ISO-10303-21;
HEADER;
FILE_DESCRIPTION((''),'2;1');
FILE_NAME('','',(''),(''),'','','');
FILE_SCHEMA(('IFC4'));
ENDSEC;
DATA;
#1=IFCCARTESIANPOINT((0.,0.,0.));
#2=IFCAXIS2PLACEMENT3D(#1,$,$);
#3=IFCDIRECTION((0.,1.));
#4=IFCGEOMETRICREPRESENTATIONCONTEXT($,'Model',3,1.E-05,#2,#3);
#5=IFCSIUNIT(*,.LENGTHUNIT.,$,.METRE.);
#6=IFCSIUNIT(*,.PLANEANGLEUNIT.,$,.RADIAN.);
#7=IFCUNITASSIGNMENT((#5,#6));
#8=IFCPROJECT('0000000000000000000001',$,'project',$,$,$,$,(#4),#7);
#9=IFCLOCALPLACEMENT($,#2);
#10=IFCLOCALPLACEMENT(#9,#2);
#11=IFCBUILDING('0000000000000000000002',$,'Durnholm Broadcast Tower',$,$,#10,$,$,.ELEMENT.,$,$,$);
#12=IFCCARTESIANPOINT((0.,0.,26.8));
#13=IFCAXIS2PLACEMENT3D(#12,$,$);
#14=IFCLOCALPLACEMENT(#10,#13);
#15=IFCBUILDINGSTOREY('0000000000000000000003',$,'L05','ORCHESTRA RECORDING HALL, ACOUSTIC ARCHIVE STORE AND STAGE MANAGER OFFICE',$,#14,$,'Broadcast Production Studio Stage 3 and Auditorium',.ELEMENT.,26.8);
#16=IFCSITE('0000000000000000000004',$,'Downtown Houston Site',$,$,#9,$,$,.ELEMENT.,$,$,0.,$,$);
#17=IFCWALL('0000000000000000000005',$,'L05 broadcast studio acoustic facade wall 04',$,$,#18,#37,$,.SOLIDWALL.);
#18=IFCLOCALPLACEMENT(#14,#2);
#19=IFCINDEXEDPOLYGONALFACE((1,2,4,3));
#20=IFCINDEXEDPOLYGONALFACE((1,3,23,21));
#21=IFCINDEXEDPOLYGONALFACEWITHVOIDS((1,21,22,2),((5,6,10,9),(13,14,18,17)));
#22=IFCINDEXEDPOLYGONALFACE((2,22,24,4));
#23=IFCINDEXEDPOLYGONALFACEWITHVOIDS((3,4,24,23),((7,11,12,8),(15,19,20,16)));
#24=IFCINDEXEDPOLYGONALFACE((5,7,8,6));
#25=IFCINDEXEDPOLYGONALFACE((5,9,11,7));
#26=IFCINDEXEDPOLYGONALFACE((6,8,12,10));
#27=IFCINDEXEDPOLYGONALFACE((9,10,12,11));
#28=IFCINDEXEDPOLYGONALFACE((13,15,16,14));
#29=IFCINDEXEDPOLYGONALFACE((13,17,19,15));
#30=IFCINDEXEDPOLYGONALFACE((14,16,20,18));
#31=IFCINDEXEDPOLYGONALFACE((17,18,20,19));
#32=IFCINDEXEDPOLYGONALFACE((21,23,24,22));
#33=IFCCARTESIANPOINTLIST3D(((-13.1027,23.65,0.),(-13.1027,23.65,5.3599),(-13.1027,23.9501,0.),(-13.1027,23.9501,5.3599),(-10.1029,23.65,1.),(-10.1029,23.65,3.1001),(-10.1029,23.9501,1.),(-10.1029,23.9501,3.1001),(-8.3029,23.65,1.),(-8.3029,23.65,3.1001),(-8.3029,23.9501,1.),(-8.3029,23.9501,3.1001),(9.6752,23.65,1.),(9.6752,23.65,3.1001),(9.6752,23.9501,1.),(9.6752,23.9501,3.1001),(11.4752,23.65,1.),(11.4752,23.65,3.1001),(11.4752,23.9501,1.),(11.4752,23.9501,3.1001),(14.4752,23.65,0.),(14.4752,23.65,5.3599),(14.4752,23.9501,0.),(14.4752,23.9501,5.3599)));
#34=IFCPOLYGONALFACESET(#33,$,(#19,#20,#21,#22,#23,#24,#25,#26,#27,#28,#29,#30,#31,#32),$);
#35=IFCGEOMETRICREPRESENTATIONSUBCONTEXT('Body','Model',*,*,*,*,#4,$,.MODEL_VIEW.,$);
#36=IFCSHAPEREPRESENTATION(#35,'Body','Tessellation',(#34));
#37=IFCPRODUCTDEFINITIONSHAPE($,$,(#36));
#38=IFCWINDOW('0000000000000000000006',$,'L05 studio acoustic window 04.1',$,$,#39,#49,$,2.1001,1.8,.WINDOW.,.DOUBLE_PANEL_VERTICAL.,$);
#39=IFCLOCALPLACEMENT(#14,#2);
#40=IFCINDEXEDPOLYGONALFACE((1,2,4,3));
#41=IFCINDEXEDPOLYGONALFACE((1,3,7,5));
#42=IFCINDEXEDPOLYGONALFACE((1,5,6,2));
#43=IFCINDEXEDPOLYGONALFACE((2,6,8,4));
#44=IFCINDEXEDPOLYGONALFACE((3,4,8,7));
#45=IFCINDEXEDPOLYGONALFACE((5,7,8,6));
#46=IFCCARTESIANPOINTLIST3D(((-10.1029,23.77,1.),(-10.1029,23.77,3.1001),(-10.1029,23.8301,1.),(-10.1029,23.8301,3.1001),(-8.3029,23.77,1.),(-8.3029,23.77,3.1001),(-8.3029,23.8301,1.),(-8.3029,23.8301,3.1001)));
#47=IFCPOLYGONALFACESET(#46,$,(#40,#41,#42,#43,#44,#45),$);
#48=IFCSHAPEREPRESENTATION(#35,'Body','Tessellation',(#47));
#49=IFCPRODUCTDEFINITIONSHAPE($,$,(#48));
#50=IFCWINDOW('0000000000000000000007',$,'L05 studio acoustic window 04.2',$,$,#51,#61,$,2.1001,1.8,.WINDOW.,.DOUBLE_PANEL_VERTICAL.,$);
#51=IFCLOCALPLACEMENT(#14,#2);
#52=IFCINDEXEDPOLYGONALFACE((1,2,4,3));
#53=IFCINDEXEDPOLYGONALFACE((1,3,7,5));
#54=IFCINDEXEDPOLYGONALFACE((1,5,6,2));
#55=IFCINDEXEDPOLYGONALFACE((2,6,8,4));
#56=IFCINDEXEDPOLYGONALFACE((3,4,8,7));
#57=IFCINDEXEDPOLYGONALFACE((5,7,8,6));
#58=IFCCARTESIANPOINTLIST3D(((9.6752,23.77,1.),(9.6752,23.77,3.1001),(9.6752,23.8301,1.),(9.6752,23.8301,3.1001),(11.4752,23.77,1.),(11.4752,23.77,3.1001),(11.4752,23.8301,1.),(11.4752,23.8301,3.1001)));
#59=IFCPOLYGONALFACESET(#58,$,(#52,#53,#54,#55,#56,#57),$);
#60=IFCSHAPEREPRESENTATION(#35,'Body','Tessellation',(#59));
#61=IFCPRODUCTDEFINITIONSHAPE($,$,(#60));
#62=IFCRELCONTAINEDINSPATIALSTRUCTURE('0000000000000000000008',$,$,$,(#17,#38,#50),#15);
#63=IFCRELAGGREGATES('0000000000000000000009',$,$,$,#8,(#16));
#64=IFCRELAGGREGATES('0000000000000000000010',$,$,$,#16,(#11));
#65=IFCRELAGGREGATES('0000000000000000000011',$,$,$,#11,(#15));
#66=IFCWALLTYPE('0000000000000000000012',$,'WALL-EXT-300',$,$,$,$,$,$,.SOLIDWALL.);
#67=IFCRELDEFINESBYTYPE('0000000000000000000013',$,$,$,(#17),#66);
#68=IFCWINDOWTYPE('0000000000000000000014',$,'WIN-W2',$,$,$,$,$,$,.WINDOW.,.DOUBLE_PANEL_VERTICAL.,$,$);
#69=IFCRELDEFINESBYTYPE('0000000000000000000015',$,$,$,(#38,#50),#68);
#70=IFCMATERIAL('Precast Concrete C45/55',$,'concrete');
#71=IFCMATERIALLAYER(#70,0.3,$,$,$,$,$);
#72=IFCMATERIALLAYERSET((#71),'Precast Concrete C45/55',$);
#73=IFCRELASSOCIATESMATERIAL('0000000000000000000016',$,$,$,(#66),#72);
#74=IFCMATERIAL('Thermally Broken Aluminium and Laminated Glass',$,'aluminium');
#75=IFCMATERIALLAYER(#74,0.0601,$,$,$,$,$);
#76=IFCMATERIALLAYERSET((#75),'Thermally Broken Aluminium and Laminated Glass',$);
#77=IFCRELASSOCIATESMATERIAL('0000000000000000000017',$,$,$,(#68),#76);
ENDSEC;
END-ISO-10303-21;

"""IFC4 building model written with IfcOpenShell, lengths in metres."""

from ifc_helpers import new_model, si_unit, direction, frame, frame_2d, origin, place, context, subcontext, project, spatial, rectangle, extrude, source, transform, mapped, material, layer, layer_set, type_object, type_shapes, element, fill, save


model = new_model("IFC4")

# Units and contexts
model_context = context("Model", 3, precision=1e-05, world=origin(), true_north=direction((0.0, 1.0)))
body_context = subcontext(model_context, "Body", "Model", "MODEL_VIEW")
ifc_project = project(units=[si_unit("LENGTHUNIT", "METRE"), si_unit("PLANEANGLEUNIT", "RADIAN")], contexts=[model_context])

# Site, building, storey
site_placement = place(None, origin())
site = spatial("IfcSite", under=ifc_project, at=site_placement, Name="Downtown Houston Site", CompositionType="ELEMENT", RefElevation=0.0)
building_placement = place(site_placement, origin())
building = spatial("IfcBuilding", under=site, at=building_placement, Name="Durnholm Broadcast Tower", CompositionType="ELEMENT")
storey_placement = place(building_placement, frame((0.0, 0.0, 26.8)))
storey = spatial("IfcBuildingStorey", under=building, at=storey_placement, Name="L05", Description="ORCHESTRA RECORDING HALL, ACOUSTIC ARCHIVE STORE AND STAGE MANAGER OFFICE", LongName="Broadcast Production Studio Stage 3 and Auditorium", CompositionType="ELEMENT", Elevation=26.8)

# Wall, openings, windows
ifc_material_1 = material(Name="Precast Concrete C45/55", Category="concrete")
ifc_layer_1 = layer(ifc_material_1, 0.3)
ifc_layer_set_1 = layer_set([ifc_layer_1], Name="Precast Concrete C45/55")
wall_type = type_object("IfcWallType", Name="WALL-EXT-300", PredefinedType="SOLIDWALL", material=ifc_layer_set_1)
wall_placement = place(storey_placement, frame((-13.1028, 23.8, 0.0), z_axis=(0.0, 0.0, 1.0), x_axis=(1.0, 0.0, 0.0)))
wall = element("IfcWall", 1, at=wall_placement, inside=storey, type_object=wall_type, Name="L05 broadcast studio acoustic facade wall 04", PredefinedType="SOLIDWALL", context=body_context, shape_type="SweptSolid", body=[
    extrude(rectangle(XDim=27.5779, YDim=0.3, at=frame_2d((13.7891, 0.0))), origin(), (0.0, 0.0, 1.0), 5.3599),
])
opening_1_placement = place(wall_placement, frame((3.0, 0.0, 1.0)))
opening_1 = element("IfcOpeningElement", 2, at=opening_1_placement, cuts=wall, PredefinedType="OPENING", context=body_context, shape_type="SweptSolid", body=[
    extrude(rectangle(XDim=1.8, YDim=2.1001, at=frame_2d((0.8999, 1.05))), frame((0.0, 0.1602, 0.0), z_axis=(0.0, -1.0, 0.0), x_axis=(1.0, 0.0, 0.0)), (0.0, 0.0, 1.0), 0.3201),
])
opening_2_placement = place(wall_placement, frame((22.7781, 0.0, 1.0)))
opening_2 = element("IfcOpeningElement", 3, at=opening_2_placement, cuts=wall, PredefinedType="OPENING", context=body_context, shape_type="SweptSolid", body=[
    extrude(rectangle(XDim=1.8, YDim=2.1001, at=frame_2d((0.8999, 1.05))), frame((0.0, 0.1602, 0.0), z_axis=(0.0, -1.0, 0.0), x_axis=(1.0, 0.0, 0.0)), (0.0, 0.0, 1.0), 0.3201),
])
ifc_material_2 = material(Name="Thermally Broken Aluminium and Laminated Glass", Category="aluminium")
ifc_layer_2 = layer(ifc_material_2, 0.0601)
ifc_layer_set_2 = layer_set([ifc_layer_2], Name="Thermally Broken Aluminium and Laminated Glass")
window_type = type_object("IfcWindowType", Name="WIN-W2", PartitioningType="DOUBLE_PANEL_VERTICAL", PredefinedType="WINDOW", material=ifc_layer_set_2)
shared_shape_1 = source(origin(), body_context, "Body", "SweptSolid", [
    extrude(rectangle(XDim=1.8, YDim=2.1001, at=frame_2d((0.8999, 1.05))), frame((0.0, 0.03, 0.0), z_axis=(0.0, -1.0, 0.0), x_axis=(1.0, 0.0, 0.0)), (0.0, 0.0, 1.0), 0.0601),
])
type_shapes(window_type, [shared_shape_1])
window_1_placement = place(opening_1_placement, origin())
window_1 = element("IfcWindow", 4, at=window_1_placement, inside=storey, type_object=window_type, Name="L05 studio acoustic window 04.1", OverallHeight=2.1001, OverallWidth=1.8, PartitioningType="DOUBLE_PANEL_VERTICAL", PredefinedType="WINDOW", context=body_context, shape_type="MappedRepresentation", body=[
    mapped(shared_shape_1, transform((0.0, 0.0, 0.0), x_axis=(1.0, 0.0, 0.0), y_axis=(0.0, 1.0, 0.0), z_axis=(0.0, 0.0, 1.0), scale=1.0)),
])
fill(opening_1, window_1)
window_2_placement = place(opening_2_placement, origin())
window_2 = element("IfcWindow", 5, at=window_2_placement, inside=storey, type_object=window_type, Name="L05 studio acoustic window 04.2", OverallHeight=2.1001, OverallWidth=1.8, PartitioningType="DOUBLE_PANEL_VERTICAL", PredefinedType="WINDOW", context=body_context, shape_type="MappedRepresentation", body=[
    mapped(shared_shape_1, transform((0.0, 0.0, 0.0), x_axis=(1.0, 0.0, 0.0), y_axis=(0.0, 1.0, 0.0), z_axis=(0.0, 0.0, 1.0), scale=1.0)),
])
fill(opening_2, window_2)

save(model, "model.ifc")
